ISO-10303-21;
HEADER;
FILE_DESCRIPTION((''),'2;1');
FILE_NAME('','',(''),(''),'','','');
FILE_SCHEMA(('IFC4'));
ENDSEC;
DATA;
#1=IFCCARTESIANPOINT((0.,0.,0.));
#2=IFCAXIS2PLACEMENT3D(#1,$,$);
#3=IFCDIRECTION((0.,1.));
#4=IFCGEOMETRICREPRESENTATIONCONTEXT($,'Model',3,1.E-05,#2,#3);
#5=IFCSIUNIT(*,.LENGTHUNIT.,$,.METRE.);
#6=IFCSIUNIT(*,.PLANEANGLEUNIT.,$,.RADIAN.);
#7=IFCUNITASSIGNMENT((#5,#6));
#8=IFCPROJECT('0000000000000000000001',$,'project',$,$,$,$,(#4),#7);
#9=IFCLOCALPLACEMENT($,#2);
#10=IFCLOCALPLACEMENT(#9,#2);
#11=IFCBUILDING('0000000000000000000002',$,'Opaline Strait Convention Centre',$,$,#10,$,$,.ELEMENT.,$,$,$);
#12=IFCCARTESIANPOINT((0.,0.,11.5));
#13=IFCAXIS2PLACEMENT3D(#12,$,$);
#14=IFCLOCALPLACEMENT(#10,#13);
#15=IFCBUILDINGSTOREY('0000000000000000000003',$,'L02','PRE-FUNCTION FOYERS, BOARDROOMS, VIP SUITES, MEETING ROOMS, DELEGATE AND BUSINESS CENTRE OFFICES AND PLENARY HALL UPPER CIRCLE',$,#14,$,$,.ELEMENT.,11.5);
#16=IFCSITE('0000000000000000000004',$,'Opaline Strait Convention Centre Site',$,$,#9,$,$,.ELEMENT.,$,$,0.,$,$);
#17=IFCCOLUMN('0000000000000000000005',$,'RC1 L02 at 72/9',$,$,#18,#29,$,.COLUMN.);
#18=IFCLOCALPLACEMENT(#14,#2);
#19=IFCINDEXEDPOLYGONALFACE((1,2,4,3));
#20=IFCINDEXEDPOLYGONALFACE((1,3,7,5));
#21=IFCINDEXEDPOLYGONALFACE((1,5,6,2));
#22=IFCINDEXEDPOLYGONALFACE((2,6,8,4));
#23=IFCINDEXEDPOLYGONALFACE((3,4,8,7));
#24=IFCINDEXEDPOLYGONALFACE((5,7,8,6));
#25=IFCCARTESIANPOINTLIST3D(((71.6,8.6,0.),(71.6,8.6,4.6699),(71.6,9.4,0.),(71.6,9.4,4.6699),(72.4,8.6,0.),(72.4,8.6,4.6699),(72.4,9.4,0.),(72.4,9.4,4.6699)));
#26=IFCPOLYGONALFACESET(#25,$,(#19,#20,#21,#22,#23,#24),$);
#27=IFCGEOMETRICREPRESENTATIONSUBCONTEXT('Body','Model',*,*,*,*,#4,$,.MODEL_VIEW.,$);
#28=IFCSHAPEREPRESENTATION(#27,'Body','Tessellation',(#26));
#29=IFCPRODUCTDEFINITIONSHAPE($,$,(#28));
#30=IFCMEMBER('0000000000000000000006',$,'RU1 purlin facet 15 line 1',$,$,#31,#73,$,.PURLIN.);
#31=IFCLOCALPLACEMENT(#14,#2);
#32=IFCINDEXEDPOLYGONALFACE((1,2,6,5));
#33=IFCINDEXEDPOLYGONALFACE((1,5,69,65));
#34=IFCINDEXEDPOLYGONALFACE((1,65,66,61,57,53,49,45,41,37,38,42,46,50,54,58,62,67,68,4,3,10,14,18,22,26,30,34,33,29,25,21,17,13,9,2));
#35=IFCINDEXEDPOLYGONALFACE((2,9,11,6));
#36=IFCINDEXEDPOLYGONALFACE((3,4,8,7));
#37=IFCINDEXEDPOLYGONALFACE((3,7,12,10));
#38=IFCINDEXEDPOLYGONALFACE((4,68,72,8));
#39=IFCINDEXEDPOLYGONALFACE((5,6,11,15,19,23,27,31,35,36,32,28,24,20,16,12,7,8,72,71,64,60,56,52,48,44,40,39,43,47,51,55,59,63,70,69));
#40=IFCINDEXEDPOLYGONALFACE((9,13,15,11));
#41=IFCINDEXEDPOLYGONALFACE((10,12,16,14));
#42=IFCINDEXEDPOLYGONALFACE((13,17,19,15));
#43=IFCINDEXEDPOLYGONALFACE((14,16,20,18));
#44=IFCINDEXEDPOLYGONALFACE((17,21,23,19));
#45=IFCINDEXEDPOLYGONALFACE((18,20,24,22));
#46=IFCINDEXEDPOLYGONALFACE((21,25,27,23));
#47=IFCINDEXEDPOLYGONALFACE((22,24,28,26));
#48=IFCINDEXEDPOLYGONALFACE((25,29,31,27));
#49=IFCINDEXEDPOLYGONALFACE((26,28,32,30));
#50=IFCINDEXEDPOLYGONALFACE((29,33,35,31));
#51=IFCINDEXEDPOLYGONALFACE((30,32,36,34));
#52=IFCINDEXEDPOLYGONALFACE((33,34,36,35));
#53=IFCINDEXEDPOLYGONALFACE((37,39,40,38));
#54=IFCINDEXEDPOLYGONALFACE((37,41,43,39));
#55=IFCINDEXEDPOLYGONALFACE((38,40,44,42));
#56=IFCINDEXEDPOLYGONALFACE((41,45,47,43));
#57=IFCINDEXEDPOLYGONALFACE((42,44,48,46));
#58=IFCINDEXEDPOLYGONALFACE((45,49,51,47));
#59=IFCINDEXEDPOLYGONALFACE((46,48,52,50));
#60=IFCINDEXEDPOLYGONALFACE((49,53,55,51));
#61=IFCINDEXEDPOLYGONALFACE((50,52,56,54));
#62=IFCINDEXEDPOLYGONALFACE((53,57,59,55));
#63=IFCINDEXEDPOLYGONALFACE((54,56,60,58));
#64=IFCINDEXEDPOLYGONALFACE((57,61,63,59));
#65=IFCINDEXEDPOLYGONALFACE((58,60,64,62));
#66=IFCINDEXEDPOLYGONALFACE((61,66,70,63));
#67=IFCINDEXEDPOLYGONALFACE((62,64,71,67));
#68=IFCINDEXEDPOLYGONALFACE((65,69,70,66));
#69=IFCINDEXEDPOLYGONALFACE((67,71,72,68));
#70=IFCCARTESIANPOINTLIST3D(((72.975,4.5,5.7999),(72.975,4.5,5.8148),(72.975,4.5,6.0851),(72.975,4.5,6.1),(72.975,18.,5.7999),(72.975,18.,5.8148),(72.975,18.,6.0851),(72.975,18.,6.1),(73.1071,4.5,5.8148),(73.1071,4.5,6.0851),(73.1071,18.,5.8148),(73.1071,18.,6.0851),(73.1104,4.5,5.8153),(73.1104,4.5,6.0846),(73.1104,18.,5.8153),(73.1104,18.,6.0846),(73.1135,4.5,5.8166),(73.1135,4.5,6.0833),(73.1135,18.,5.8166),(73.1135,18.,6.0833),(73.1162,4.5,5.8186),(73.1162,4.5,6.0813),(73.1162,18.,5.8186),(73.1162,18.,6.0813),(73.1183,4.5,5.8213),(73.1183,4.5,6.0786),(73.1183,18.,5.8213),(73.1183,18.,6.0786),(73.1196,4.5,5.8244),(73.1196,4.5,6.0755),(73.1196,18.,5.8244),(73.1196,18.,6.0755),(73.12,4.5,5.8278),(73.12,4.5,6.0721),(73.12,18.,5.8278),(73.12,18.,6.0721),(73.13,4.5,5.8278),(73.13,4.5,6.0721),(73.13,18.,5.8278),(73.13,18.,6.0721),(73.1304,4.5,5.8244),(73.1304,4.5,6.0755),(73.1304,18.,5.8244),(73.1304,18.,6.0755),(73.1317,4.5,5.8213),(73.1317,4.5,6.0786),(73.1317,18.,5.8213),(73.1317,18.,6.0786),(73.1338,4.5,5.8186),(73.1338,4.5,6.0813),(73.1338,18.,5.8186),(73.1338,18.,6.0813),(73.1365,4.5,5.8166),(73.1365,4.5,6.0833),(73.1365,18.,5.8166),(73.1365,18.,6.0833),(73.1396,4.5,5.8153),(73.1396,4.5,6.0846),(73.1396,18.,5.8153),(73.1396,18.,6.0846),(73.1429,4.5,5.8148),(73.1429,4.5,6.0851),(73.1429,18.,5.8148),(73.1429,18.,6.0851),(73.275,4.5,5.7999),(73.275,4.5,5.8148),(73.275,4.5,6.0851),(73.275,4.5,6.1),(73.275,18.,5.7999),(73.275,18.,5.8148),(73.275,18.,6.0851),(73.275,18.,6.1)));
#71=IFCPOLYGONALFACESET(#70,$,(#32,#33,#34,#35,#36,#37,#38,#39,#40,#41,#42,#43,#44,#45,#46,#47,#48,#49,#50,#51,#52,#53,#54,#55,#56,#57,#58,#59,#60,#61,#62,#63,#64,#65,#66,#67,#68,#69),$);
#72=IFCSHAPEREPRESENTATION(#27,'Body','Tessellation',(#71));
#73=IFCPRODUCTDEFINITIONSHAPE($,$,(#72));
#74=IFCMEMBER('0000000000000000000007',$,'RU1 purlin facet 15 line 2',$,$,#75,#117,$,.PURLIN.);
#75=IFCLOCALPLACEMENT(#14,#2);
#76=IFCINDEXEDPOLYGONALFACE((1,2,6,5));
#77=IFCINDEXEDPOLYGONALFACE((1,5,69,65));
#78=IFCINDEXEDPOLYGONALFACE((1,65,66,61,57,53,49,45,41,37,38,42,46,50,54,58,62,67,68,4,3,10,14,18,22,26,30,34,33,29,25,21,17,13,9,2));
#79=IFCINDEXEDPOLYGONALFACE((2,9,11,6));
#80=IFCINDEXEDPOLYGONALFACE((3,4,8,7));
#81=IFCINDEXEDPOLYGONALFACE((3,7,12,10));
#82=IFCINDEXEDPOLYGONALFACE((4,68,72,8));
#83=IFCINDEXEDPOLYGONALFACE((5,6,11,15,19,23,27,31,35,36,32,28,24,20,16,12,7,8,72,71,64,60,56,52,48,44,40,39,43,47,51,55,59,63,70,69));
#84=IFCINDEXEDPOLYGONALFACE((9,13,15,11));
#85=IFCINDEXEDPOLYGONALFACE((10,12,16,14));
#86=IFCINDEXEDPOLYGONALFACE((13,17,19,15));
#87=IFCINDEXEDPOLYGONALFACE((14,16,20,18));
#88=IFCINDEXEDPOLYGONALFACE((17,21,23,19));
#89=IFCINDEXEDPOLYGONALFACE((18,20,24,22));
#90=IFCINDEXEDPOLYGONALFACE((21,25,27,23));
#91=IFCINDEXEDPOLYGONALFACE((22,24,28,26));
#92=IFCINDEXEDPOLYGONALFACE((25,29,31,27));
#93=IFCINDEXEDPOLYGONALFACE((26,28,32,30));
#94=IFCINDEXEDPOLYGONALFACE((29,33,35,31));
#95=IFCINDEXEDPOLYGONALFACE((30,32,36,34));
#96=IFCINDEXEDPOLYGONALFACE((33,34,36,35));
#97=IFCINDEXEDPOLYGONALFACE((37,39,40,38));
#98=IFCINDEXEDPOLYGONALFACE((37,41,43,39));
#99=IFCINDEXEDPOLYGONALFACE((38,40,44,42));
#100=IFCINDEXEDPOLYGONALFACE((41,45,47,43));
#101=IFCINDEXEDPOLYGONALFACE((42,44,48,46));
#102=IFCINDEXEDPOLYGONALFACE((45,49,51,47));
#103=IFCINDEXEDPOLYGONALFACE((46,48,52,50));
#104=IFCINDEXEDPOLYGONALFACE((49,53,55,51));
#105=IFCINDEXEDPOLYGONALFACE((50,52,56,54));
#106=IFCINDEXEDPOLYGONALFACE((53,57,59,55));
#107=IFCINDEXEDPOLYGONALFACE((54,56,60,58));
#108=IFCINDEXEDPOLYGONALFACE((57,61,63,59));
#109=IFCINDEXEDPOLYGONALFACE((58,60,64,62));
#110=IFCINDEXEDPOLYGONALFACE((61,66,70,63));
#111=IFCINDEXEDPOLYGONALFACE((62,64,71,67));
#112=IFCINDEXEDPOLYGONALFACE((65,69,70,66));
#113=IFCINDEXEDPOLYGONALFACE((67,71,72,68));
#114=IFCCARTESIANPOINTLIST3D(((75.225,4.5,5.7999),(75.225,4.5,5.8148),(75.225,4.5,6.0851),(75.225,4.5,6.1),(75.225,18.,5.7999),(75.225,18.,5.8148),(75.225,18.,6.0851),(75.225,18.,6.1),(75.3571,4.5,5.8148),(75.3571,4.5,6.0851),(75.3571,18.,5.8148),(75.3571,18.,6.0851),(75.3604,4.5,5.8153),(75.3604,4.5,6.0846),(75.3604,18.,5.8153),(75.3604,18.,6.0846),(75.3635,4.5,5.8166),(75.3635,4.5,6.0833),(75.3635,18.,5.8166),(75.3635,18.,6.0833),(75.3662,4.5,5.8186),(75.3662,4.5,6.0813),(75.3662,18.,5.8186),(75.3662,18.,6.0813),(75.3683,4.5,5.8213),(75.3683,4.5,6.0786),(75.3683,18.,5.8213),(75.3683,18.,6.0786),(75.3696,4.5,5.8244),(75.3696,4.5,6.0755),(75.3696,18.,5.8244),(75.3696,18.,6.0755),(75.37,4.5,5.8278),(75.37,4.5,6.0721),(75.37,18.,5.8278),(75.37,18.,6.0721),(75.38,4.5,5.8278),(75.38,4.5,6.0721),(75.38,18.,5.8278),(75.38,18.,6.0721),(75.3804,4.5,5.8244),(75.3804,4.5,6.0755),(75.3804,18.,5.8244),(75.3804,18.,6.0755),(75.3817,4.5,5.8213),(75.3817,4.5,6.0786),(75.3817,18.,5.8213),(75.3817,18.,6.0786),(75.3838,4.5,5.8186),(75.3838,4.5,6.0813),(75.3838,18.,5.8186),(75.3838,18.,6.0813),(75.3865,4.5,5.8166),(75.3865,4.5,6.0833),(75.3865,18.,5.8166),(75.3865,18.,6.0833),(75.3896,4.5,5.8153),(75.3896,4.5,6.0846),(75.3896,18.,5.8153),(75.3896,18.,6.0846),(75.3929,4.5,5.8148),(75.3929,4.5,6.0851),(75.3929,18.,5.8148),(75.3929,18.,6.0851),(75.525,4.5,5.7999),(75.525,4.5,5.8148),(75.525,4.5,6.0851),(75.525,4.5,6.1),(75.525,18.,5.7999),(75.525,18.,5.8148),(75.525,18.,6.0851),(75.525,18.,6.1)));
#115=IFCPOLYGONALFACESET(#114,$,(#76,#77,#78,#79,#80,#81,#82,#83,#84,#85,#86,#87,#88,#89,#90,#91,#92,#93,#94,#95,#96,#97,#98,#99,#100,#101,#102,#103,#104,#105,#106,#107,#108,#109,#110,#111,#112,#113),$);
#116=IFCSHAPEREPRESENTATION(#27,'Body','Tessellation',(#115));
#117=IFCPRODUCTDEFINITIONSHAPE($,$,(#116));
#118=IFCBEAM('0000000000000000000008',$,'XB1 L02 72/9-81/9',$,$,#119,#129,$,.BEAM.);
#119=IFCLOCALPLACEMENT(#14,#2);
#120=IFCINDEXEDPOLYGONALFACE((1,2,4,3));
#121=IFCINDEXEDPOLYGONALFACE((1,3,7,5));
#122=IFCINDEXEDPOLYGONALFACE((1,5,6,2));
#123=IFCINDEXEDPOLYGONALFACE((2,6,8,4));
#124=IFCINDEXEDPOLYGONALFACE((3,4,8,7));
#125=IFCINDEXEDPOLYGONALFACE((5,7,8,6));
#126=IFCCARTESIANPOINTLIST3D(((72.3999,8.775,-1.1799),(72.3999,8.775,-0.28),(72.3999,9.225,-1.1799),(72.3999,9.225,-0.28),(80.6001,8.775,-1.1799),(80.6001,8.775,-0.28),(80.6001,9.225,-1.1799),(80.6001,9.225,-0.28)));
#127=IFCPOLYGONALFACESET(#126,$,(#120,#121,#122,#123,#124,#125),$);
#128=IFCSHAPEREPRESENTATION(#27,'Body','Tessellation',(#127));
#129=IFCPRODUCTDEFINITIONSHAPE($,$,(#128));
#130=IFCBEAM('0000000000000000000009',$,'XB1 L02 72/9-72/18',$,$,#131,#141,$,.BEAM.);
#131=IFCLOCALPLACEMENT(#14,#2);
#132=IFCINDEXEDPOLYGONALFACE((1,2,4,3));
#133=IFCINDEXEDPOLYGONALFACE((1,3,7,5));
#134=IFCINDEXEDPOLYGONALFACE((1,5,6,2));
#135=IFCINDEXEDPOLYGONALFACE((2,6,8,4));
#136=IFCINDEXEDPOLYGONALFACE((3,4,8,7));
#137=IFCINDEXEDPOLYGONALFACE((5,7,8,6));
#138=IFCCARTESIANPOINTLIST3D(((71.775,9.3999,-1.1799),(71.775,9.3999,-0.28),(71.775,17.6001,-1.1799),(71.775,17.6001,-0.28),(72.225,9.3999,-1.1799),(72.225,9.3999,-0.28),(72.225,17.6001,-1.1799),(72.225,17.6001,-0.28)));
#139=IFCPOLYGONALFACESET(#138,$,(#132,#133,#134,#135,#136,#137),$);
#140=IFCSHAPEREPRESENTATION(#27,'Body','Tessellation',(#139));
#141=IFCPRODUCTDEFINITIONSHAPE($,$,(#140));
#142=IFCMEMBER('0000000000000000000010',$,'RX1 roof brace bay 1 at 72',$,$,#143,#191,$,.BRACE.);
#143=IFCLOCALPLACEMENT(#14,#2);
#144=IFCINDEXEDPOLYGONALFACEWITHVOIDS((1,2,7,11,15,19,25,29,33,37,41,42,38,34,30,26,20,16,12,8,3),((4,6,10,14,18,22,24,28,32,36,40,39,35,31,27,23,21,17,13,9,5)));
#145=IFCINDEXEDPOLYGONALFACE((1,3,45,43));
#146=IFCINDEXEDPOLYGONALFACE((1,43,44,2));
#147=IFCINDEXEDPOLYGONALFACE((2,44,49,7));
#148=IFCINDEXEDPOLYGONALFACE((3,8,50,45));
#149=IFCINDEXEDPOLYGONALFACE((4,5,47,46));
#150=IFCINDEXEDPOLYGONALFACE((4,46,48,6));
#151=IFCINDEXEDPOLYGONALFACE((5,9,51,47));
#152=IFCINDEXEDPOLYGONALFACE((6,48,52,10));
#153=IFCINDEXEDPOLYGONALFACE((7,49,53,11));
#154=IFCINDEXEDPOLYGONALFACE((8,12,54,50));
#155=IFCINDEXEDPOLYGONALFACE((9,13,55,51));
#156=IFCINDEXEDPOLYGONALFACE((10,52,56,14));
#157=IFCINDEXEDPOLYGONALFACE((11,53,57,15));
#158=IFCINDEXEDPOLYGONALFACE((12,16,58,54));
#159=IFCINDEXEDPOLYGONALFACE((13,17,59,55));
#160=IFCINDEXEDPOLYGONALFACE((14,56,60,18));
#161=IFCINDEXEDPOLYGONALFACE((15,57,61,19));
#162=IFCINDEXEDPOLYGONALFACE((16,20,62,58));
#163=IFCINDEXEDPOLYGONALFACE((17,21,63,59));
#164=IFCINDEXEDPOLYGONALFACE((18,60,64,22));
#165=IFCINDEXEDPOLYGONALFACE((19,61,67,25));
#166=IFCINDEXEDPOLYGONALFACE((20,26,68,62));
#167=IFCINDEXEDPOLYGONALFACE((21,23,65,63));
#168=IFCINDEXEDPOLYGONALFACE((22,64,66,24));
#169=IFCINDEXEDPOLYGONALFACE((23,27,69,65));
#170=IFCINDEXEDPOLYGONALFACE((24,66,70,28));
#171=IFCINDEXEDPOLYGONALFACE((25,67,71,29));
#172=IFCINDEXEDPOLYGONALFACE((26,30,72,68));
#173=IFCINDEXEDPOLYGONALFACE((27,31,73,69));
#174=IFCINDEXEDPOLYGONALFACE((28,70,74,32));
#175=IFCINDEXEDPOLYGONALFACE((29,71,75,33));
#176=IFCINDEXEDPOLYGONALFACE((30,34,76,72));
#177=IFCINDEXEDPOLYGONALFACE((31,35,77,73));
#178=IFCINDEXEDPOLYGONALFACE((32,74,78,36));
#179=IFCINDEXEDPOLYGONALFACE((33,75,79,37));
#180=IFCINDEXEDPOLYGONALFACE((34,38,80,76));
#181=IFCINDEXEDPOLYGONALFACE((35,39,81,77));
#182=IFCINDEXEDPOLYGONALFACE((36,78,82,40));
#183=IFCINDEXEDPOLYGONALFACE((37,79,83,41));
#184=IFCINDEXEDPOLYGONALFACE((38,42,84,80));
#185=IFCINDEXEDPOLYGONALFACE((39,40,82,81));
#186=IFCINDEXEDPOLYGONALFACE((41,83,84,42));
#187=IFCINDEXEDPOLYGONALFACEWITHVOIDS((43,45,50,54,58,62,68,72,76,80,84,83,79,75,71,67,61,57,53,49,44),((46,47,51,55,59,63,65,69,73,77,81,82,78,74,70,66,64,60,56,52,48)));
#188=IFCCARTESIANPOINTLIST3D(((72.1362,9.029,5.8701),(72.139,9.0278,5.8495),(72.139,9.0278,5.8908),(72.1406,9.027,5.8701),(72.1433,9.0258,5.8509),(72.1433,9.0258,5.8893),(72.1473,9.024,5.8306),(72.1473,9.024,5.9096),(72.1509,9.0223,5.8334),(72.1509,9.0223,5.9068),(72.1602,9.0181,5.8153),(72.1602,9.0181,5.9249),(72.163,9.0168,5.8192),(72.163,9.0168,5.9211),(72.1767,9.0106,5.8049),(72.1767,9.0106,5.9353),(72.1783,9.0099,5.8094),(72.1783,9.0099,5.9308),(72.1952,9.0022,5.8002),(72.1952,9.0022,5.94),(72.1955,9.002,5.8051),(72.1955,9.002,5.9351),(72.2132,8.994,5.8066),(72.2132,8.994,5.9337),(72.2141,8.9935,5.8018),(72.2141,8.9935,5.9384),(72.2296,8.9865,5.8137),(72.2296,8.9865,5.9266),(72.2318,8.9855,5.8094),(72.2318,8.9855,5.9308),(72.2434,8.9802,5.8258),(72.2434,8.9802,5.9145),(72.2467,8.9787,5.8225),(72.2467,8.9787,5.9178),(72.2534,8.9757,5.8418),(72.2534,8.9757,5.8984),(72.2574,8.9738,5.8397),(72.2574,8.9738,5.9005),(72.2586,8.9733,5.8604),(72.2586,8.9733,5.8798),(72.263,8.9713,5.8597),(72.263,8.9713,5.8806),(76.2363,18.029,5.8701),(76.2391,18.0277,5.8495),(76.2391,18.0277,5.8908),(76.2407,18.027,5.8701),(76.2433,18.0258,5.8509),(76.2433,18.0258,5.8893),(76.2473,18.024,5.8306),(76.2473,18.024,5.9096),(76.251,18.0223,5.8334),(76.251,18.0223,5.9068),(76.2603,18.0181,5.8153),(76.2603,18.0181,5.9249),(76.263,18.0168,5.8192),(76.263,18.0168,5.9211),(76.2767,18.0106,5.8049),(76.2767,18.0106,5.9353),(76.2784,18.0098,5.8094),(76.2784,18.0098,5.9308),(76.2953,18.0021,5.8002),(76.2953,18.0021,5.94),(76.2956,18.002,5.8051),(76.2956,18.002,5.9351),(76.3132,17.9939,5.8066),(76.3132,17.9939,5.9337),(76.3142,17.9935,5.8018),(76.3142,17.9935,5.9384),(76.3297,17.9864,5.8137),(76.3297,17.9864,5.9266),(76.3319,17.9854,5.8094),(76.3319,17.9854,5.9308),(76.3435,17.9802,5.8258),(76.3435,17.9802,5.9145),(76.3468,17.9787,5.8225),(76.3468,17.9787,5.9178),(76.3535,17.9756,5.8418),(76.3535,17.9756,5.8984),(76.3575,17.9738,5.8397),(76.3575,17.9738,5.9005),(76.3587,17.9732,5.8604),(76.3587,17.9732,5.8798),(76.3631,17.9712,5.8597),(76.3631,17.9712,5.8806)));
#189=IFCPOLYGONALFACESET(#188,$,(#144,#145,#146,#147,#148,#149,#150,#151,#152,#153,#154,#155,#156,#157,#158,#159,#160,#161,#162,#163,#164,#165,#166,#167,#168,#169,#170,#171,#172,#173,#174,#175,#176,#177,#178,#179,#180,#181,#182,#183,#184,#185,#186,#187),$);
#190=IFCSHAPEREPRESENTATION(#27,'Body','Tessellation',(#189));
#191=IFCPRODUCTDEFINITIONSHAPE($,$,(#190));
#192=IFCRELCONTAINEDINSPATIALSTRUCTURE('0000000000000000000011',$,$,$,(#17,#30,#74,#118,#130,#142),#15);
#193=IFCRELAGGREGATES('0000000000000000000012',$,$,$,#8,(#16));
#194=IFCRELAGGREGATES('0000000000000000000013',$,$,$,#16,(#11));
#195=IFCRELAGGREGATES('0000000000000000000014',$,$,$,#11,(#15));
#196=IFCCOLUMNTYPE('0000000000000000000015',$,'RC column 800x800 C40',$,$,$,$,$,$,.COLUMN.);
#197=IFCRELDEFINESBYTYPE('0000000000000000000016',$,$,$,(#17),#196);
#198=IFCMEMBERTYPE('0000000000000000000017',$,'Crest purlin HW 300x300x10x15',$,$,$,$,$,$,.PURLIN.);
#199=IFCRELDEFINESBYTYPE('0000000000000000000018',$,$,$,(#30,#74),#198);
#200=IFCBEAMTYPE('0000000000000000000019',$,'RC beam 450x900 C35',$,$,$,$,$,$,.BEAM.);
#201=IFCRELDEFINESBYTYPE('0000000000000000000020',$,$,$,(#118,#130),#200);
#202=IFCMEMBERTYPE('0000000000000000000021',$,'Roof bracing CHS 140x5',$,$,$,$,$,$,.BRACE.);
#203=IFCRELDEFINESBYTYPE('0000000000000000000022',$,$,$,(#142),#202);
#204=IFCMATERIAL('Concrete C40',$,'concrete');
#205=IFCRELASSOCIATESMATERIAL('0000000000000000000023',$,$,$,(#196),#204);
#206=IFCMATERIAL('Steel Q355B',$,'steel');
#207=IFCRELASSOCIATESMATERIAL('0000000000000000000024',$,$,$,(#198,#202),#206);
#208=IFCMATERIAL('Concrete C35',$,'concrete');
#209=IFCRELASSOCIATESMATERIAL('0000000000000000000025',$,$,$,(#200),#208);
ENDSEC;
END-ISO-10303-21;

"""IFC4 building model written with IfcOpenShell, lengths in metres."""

from ifc_helpers import new_model, si_unit, direction, frame, origin, origin_2d, place, context, subcontext, project, spatial, rectangle, hollow_circle, i_section, extrude, material, material_profile, profile_set, type_object, element, save


model = new_model("IFC4")

# Units and contexts
model_context = context("Model", 3, precision=1e-05, world=origin(), true_north=direction((0.0, 1.0)))
body_context = subcontext(model_context, "Body", "Model", "MODEL_VIEW")
ifc_project = project(units=[si_unit("LENGTHUNIT", "METRE"), si_unit("PLANEANGLEUNIT", "RADIAN")], contexts=[model_context])

# Site, building, storey
site_placement = place(None, origin())
site = spatial("IfcSite", under=ifc_project, at=site_placement, Name="Opaline Strait Convention Centre Site", CompositionType="ELEMENT", RefElevation=0.0)
building_placement = place(site_placement, origin())
building = spatial("IfcBuilding", under=site, at=building_placement, Name="Opaline Strait Convention Centre", CompositionType="ELEMENT")
storey_placement = place(building_placement, frame((0.0, 0.0, 11.5)))
storey = spatial("IfcBuildingStorey", under=building, at=storey_placement, Name="L02", Description="PRE-FUNCTION FOYERS, BOARDROOMS, VIP SUITES, MEETING ROOMS, DELEGATE AND BUSINESS CENTRE OFFICES AND PLENARY HALL UPPER CIRCLE", CompositionType="ELEMENT", Elevation=11.5)

# Column
ifc_material_1 = material(Name="Concrete C40", Category="concrete")
ifc_material_profile_1 = material_profile(ifc_material_1, rectangle(XDim=0.8, YDim=0.8, at=origin_2d()), Name="RC 800x800")
ifc_profile_set_1 = profile_set([ifc_material_profile_1], Name="Concrete C40")
column_type = type_object("IfcColumnType", Name="RC column 800x800 C40", PredefinedType="COLUMN", material=ifc_profile_set_1)
column_placement = place(storey_placement, frame((72.0, 9.0, 0.0), z_axis=(0.0, 0.0, 1.0), x_axis=(1.0, 0.0, 0.0)))
element("IfcColumn", 1, at=column_placement, inside=storey, type_object=column_type, Name="RC1 L02 at 72/9", PredefinedType="COLUMN", context=body_context, shape_type="SweptSolid", body=[
    extrude(rectangle(XDim=0.8, YDim=0.8, at=origin_2d()), origin(), (0.0, 0.0, 1.0), 4.6699),
])

# Members
ifc_material_2 = material(Name="Steel Q355B", Category="steel")
ifc_material_profile_2 = material_profile(ifc_material_2, i_section(OverallWidth=0.3, OverallDepth=0.3, WebThickness=0.01, FlangeThickness=0.0149, FilletRadius=0.0129, at=origin_2d()), Name="HW 300x300x10x15")
ifc_profile_set_2 = profile_set([ifc_material_profile_2], Name="Steel Q355B")
member_type_1 = type_object("IfcMemberType", Name="Crest purlin HW 300x300x10x15", PredefinedType="PURLIN", material=ifc_profile_set_2)
for number, where, z_axis, x_axis, name in (
    (2, (73.125, 4.5, 5.95), (0.0, 1.0, 0.0), (-1.0, 0.0, 0.0), "RU1 purlin facet 15 line 1"),
    (3, (75.375, 4.5, 5.95), (0.0, 1.0, 0.0), (-1.0, 0.0, 0.0), "RU1 purlin facet 15 line 2"),
):
    element("IfcMember", number, at=place(storey_placement, frame(where, z_axis=z_axis, x_axis=x_axis)), inside=storey, type_object=member_type_1, Name=name, PredefinedType="PURLIN", context=body_context, shape_type="SweptSolid", body=[
        extrude(i_section(OverallWidth=0.3, OverallDepth=0.3, WebThickness=0.01, FlangeThickness=0.0149, FilletRadius=0.0129, at=origin_2d()), origin(), (0.0, 0.0, 1.0), 13.5),
    ])

# Beams
ifc_material_3 = material(Name="Concrete C35", Category="concrete")
ifc_material_profile_3 = material_profile(ifc_material_3, rectangle(XDim=0.45, YDim=0.8999, at=origin_2d()), Name="RC 450x900")
ifc_profile_set_3 = profile_set([ifc_material_profile_3], Name="Concrete C35")
beam_type = type_object("IfcBeamType", Name="RC beam 450x900 C35", PredefinedType="BEAM", material=ifc_profile_set_3)
for number, where, z_axis, x_axis, name in (
    (4, (72.3999, 9.0, -0.73), (1.0, 0.0, 0.0), (0.0, 1.0, 0.0), "XB1 L02 72/9-81/9"),
    (5, (72.0, 9.3999, -0.73), (0.0, 1.0, 0.0), (-1.0, 0.0, 0.0), "XB1 L02 72/9-72/18"),
):
    element("IfcBeam", number, at=place(storey_placement, frame(where, z_axis=z_axis, x_axis=x_axis)), inside=storey, type_object=beam_type, Name=name, PredefinedType="BEAM", context=body_context, shape_type="SweptSolid", body=[
        extrude(rectangle(XDim=0.45, YDim=0.8999, at=origin_2d()), origin(), (0.0, 0.0, 1.0), 8.2002),
    ])

# Member
ifc_material_profile_4 = material_profile(ifc_material_2, hollow_circle(Radius=0.0701, WallThickness=0.0049, at=origin_2d()), Name="CHS 140x5")
ifc_profile_set_4 = profile_set([ifc_material_profile_4], Name="Steel Q355B")
member_type_2 = type_object("IfcMemberType", Name="Roof bracing CHS 140x5", PredefinedType="BRACE", material=ifc_profile_set_4)
member_1_placement = place(storey_placement, frame((72.2, 9.0, 5.8701), z_axis=(0.414573, 0.910016, 0.0), x_axis=(-0.910016, 0.414573, 0.0)))
element("IfcMember", 6, at=member_1_placement, inside=storey, type_object=member_type_2, Name="RX1 roof brace bay 1 at 72", PredefinedType="BRACE", context=body_context, shape_type="SweptSolid", body=[
    extrude(hollow_circle(Radius=0.0701, WallThickness=0.0049, at=origin_2d()), origin(), (0.0, 0.0, 1.0), 9.8899),
])

save(model, "model.ifc")
